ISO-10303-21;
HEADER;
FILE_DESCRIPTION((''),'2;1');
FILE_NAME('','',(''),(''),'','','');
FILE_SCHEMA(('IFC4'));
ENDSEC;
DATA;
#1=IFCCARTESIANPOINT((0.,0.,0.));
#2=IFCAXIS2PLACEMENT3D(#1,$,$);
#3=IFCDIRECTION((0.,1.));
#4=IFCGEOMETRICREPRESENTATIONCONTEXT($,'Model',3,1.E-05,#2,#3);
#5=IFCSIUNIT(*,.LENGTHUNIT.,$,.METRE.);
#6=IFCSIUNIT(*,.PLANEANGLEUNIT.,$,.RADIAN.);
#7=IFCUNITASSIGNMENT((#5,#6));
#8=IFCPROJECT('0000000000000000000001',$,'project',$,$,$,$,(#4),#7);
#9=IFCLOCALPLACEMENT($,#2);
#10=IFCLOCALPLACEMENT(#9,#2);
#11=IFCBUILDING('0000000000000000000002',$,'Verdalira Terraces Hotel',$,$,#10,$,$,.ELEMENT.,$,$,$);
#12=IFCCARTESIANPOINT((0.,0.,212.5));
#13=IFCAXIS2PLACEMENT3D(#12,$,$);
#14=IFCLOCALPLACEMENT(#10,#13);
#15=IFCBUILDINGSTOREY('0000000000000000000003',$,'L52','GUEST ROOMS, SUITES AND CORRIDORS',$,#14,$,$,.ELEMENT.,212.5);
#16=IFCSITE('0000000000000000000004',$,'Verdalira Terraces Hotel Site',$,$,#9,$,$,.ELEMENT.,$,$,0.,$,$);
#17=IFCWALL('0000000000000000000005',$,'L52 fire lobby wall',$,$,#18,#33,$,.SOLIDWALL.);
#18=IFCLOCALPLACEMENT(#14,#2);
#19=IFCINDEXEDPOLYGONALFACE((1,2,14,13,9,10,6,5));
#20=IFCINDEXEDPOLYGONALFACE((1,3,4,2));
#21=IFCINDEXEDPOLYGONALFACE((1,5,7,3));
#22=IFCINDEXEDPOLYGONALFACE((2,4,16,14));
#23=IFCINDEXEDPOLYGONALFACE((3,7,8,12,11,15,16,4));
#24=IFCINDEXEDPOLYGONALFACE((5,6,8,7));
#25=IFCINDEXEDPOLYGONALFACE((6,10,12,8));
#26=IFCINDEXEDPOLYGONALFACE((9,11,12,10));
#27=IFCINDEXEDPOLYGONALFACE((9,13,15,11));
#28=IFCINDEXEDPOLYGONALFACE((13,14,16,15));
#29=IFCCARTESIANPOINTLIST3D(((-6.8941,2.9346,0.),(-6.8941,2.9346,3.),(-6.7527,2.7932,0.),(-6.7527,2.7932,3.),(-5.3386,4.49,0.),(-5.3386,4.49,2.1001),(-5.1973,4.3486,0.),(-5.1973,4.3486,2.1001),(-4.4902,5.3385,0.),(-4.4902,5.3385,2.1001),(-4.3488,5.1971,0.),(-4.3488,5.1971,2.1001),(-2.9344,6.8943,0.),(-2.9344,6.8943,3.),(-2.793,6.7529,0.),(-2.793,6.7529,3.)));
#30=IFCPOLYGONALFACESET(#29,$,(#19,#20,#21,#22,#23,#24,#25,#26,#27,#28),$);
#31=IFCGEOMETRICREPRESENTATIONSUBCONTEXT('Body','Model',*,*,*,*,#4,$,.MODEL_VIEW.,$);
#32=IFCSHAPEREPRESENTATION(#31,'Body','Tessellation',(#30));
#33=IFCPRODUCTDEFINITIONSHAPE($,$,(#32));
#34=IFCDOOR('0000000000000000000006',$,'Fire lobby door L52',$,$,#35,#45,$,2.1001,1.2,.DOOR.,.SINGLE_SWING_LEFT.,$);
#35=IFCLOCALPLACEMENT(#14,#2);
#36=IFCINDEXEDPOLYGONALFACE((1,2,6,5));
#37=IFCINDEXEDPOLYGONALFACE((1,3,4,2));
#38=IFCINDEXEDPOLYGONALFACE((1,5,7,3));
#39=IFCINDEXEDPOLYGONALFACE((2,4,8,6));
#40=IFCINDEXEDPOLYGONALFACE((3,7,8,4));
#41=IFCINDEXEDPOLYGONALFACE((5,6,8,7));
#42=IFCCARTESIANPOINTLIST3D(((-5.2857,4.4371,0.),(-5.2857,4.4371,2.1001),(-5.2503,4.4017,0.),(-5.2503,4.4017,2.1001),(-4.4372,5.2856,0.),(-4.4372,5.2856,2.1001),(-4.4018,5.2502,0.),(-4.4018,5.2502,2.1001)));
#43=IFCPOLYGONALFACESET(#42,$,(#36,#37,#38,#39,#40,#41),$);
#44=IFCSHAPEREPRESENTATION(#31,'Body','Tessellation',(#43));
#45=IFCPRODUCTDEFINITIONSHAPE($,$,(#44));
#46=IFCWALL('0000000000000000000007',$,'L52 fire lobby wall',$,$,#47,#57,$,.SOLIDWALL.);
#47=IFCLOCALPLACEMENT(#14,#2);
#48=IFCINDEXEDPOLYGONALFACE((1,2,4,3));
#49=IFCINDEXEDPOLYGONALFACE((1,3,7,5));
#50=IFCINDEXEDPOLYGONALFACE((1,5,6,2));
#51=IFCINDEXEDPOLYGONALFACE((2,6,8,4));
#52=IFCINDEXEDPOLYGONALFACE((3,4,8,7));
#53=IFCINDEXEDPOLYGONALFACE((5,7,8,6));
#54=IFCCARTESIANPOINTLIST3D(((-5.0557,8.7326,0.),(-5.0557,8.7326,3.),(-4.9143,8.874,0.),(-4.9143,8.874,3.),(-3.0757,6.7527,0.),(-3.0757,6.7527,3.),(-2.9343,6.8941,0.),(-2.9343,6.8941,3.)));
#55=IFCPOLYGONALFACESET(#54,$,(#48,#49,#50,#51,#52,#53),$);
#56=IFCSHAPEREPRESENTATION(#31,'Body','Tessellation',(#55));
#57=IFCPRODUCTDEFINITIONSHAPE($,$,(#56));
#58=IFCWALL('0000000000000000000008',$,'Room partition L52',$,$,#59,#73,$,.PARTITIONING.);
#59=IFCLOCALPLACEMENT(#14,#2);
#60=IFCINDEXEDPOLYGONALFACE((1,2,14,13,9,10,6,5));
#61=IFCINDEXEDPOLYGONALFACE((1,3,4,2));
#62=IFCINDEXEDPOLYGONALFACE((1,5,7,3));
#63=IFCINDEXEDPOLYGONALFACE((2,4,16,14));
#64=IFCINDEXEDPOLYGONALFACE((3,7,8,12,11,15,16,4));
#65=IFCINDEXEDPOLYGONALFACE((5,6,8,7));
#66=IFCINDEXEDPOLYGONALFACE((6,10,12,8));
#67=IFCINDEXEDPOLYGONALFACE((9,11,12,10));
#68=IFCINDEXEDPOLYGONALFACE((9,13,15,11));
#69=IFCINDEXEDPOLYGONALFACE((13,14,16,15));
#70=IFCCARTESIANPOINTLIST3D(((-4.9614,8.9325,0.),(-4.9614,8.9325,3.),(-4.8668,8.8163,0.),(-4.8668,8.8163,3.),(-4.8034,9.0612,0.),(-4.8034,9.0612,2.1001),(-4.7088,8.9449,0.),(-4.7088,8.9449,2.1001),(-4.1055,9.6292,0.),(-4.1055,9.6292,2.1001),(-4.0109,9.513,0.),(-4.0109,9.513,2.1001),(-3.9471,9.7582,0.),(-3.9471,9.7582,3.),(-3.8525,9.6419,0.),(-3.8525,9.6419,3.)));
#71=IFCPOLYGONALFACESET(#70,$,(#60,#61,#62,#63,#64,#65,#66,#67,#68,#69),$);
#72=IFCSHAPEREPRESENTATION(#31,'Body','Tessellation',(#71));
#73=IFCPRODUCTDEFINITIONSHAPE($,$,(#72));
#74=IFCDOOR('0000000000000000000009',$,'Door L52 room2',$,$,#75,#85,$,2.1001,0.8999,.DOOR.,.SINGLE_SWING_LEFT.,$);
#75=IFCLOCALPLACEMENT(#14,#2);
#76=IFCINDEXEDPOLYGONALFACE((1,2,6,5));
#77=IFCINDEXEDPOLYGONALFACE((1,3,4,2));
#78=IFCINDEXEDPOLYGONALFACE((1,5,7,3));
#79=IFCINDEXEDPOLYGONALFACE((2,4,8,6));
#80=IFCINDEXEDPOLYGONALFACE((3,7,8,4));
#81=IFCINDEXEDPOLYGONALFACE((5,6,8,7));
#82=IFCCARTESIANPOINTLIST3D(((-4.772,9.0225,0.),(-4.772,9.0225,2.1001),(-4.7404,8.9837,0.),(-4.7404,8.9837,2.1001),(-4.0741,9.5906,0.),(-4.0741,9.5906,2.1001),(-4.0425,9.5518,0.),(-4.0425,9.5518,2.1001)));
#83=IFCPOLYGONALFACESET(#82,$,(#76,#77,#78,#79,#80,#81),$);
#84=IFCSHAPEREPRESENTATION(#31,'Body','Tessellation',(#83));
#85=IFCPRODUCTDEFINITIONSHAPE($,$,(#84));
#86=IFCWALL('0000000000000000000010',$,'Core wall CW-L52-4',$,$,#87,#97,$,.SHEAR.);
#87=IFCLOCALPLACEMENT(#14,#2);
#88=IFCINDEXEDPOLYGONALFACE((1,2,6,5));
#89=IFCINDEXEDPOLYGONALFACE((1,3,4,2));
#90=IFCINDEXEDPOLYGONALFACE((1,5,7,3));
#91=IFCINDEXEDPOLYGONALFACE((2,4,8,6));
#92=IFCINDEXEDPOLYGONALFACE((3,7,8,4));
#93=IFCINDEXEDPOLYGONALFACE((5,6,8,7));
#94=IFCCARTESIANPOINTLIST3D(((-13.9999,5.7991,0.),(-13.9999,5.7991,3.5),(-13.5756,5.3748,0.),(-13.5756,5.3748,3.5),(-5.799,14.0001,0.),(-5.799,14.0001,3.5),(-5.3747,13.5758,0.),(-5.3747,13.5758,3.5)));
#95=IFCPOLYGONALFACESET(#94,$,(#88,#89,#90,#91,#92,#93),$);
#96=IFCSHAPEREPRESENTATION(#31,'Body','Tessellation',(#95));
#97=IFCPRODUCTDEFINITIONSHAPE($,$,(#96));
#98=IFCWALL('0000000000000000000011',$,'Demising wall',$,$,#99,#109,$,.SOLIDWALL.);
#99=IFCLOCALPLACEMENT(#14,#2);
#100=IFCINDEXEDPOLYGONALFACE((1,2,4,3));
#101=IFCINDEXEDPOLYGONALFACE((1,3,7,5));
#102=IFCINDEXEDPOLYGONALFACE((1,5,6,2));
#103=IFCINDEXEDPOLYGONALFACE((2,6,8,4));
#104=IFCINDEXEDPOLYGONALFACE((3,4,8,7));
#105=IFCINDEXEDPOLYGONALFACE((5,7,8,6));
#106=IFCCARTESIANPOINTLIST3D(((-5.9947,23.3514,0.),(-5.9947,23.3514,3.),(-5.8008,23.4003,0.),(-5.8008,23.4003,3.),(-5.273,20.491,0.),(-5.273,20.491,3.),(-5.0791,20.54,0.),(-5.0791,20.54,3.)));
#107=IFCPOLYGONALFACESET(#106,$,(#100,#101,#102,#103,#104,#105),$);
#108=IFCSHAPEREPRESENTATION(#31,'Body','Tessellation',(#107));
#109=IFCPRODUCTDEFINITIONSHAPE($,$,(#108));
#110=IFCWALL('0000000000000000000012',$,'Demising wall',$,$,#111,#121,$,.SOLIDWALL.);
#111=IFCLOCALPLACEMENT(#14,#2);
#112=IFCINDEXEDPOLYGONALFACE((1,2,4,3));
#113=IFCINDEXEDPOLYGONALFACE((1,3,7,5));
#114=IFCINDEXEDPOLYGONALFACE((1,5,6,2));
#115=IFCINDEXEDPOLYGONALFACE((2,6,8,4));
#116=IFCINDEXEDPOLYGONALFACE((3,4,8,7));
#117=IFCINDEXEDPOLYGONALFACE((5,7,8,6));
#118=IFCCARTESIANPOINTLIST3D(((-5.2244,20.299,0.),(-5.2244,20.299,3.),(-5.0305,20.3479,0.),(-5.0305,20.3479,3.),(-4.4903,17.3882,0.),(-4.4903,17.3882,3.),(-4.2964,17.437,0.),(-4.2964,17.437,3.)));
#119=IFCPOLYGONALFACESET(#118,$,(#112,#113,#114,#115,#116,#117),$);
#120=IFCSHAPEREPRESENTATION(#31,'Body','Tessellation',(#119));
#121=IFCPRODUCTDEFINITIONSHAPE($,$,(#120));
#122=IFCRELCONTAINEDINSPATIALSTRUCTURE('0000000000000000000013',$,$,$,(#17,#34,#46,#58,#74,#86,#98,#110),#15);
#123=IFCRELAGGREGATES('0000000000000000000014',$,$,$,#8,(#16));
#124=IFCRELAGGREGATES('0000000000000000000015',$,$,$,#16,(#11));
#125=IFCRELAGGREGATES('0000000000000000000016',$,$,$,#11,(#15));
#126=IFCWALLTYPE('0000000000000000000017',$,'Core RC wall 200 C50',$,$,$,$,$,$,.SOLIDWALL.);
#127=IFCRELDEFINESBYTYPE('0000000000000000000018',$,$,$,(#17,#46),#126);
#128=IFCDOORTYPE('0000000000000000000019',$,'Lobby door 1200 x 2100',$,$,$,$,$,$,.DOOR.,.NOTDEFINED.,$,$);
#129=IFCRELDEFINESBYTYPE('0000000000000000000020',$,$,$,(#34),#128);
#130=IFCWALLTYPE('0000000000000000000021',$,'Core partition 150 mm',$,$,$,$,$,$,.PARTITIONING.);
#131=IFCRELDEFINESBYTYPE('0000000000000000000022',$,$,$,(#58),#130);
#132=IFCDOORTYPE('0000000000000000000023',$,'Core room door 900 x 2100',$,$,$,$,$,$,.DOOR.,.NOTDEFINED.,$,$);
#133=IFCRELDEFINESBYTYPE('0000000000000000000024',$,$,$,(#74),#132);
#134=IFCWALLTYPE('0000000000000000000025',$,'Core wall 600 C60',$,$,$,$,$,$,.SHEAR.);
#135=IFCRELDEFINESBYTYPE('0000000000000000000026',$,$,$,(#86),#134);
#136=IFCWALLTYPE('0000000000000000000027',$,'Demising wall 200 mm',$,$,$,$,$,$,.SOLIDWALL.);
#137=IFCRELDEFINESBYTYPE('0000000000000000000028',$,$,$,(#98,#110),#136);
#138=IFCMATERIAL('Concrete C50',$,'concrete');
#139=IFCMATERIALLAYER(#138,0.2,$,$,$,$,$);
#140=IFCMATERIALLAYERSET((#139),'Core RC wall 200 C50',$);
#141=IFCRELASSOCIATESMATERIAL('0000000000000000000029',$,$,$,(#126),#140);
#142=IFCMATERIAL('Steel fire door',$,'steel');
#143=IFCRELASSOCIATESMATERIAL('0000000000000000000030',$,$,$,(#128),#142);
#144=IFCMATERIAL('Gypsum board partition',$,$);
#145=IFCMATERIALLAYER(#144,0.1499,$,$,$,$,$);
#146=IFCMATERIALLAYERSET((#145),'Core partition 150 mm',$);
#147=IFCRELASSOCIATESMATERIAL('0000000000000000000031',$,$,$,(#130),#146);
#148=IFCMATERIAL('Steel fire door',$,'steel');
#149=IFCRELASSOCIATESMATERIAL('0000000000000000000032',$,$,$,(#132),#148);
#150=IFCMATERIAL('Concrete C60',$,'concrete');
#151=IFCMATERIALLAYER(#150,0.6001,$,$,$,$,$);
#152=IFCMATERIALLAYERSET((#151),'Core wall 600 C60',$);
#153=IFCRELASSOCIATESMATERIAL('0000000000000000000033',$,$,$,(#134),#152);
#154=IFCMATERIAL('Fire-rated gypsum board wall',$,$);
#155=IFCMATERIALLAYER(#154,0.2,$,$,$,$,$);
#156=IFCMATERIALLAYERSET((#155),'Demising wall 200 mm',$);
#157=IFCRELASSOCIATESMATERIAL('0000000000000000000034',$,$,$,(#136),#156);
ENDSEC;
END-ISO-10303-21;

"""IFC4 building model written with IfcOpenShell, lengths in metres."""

from ifc_helpers import new_model, si_unit, direction, frame, frame_2d, origin, place, context, subcontext, project, spatial, rectangle, extrude, material, layer, layer_set, type_object, element, fill, save


model = new_model("IFC4")

# Units and contexts
model_context = context("Model", 3, precision=1e-05, world=origin(), true_north=direction((0.0, 1.0)))
body_context = subcontext(model_context, "Body", "Model", "MODEL_VIEW")
ifc_project = project(units=[si_unit("LENGTHUNIT", "METRE"), si_unit("PLANEANGLEUNIT", "RADIAN")], contexts=[model_context])

# Site, building, storey
site_placement = place(None, origin())
site = spatial("IfcSite", under=ifc_project, at=site_placement, Name="Verdalira Terraces Hotel Site", CompositionType="ELEMENT", RefElevation=0.0)
building_placement = place(site_placement, origin())
building = spatial("IfcBuilding", under=site, at=building_placement, Name="Verdalira Terraces Hotel", CompositionType="ELEMENT")
storey_placement = place(building_placement, frame((0.0, 0.0, 212.5)))
storey = spatial("IfcBuildingStorey", under=building, at=storey_placement, Name="L52", Description="GUEST ROOMS, SUITES AND CORRIDORS", CompositionType="ELEMENT", Elevation=212.5)

# Wall, opening, door
ifc_material_1 = material(Name="Concrete C50", Category="concrete")
ifc_layer_1 = layer(ifc_material_1, 0.2)
ifc_layer_set_1 = layer_set([ifc_layer_1], Name="Core RC wall 200 C50")
wall_type_1 = type_object("IfcWallType", Name="Core RC wall 200 C50", PredefinedType="SOLIDWALL", material=ifc_layer_set_1)
wall_1_placement = place(storey_placement, frame((-2.8638, 6.8235, 0.0), z_axis=(0.0, 0.0, 1.0), x_axis=(-0.707107, -0.707107, 0.0)))
wall_1 = element("IfcWall", 1, at=wall_1_placement, inside=storey, type_object=wall_type_1, Name="L52 fire lobby wall", PredefinedType="SOLIDWALL", context=body_context, shape_type="SweptSolid", body=[
    extrude(rectangle(XDim=5.5999, YDim=0.2, at=frame_2d((2.7998, 0.0))), origin(), (0.0, 0.0, 1.0), 3.0),
])
opening_1_placement = place(wall_1_placement, frame((2.2, 0.0, 0.0)))
opening_1 = element("IfcOpeningElement", 2, at=opening_1_placement, cuts=wall_1, PredefinedType="OPENING", context=body_context, shape_type="SweptSolid", body=[
    extrude(rectangle(XDim=1.2, YDim=2.1001, at=frame_2d((0.6001, 1.05))), frame((0.0, 0.1099, 0.0), z_axis=(0.0, -1.0, 0.0), x_axis=(1.0, 0.0, 0.0)), (0.0, 0.0, 1.0), 0.22),
])
ifc_material_2 = material(Name="Steel fire door", Category="steel")
door_type_1 = type_object("IfcDoorType", Name="Lobby door 1200 x 2100", OperationType="NOTDEFINED", PredefinedType="DOOR", material=ifc_material_2)
door_1_placement = place(opening_1_placement, origin())
door_1 = element("IfcDoor", 3, at=door_1_placement, inside=storey, type_object=door_type_1, Name="Fire lobby door L52", OperationType="SINGLE_SWING_LEFT", OverallHeight=2.1001, OverallWidth=1.2, PredefinedType="DOOR", context=body_context, shape_type="SweptSolid", body=[
    extrude(rectangle(XDim=1.2, YDim=2.1001, at=frame_2d((0.6001, 1.05))), frame((0.0, 0.0249, 0.0), z_axis=(0.0, -1.0, 0.0), x_axis=(1.0, 0.0, 0.0)), (0.0, 0.0, 1.0), 0.05),
])
fill(opening_1, door_1)

# Wall
wall_2_placement = place(storey_placement, frame((-3.0051, 6.8235, 0.0), z_axis=(0.0, 0.0, 1.0), x_axis=(-0.707107, 0.707107, 0.0)))
element("IfcWall", 4, at=wall_2_placement, inside=storey, type_object=wall_type_1, Name="L52 fire lobby wall", PredefinedType="SOLIDWALL", context=body_context, shape_type="SweptSolid", body=[
    extrude(rectangle(XDim=2.8, YDim=0.2, at=frame_2d((1.3999, 0.0))), origin(), (0.0, 0.0, 1.0), 3.0),
])

# Wall, opening, door
ifc_material_3 = material(Name="Gypsum board partition")
ifc_layer_2 = layer(ifc_material_3, 0.1499)
ifc_layer_set_2 = layer_set([ifc_layer_2], Name="Core partition 150 mm")
wall_type_2 = type_object("IfcWallType", Name="Core partition 150 mm", PredefinedType="PARTITIONING", material=ifc_layer_set_2)
wall_3_placement = place(storey_placement, frame((-3.8999, 9.7, 0.0), z_axis=(0.0, 0.0, 1.0), x_axis=(-0.77556, -0.631274, 0.0)))
wall_3 = element("IfcWall", 5, at=wall_3_placement, inside=storey, type_object=wall_type_2, Name="Room partition L52", PredefinedType="PARTITIONING", context=body_context, shape_type="SweptSolid", body=[
    extrude(rectangle(XDim=1.3079, YDim=0.1499, at=frame_2d((0.6538, 0.0))), origin(), (0.0, 0.0, 1.0), 3.0),
])
opening_2_placement = place(wall_3_placement, frame((0.2041, 0.0, 0.0)))
opening_2 = element("IfcOpeningElement", 6, at=opening_2_placement, cuts=wall_3, PredefinedType="OPENING", context=body_context, shape_type="SweptSolid", body=[
    extrude(rectangle(XDim=0.8999, YDim=2.1001, at=frame_2d((0.45, 1.05))), frame((0.0, 0.085, 0.0), z_axis=(0.0, -1.0, 0.0), x_axis=(1.0, 0.0, 0.0)), (0.0, 0.0, 1.0), 0.1699),
])
ifc_material_4 = material(Name="Steel fire door", Category="steel")
door_type_2 = type_object("IfcDoorType", Name="Core room door 900 x 2100", OperationType="NOTDEFINED", PredefinedType="DOOR", material=ifc_material_4)
door_2_placement = place(opening_2_placement, origin())
door_2 = element("IfcDoor", 7, at=door_2_placement, inside=storey, type_object=door_type_2, Name="Door L52 room2", OperationType="SINGLE_SWING_LEFT", OverallHeight=2.1001, OverallWidth=0.8999, PredefinedType="DOOR", context=body_context, shape_type="SweptSolid", body=[
    extrude(rectangle(XDim=0.8999, YDim=2.1001, at=frame_2d((0.45, 1.05))), frame((0.0, 0.0249, 0.0), z_axis=(0.0, -1.0, 0.0), x_axis=(1.0, 0.0, 0.0)), (0.0, 0.0, 1.0), 0.05),
])
fill(opening_2, door_2)

# Walls
ifc_material_5 = material(Name="Concrete C60", Category="concrete")
ifc_layer_3 = layer(ifc_material_5, 0.6001)
ifc_layer_set_3 = layer_set([ifc_layer_3], Name="Core wall 600 C60")
wall_type_3 = type_object("IfcWallType", Name="Core wall 600 C60", PredefinedType="SHEAR", material=ifc_layer_set_3)
wall_4_placement = place(storey_placement, frame((-5.5869, 13.7878, 0.0), z_axis=(0.0, 0.0, 1.0), x_axis=(-0.707107, -0.707107, 0.0)))
element("IfcWall", 8, at=wall_4_placement, inside=storey, type_object=wall_type_3, Name="Core wall CW-L52-4", PredefinedType="SHEAR", context=body_context, shape_type="SweptSolid", body=[
    extrude(rectangle(XDim=11.5979, YDim=0.6001, at=frame_2d((5.7988, 0.0))), origin(), (0.0, 0.0, 1.0), 3.5),
])
ifc_material_6 = material(Name="Fire-rated gypsum board wall")
ifc_layer_4 = layer(ifc_material_6, 0.2)
ifc_layer_set_4 = layer_set([ifc_layer_4], Name="Demising wall 200 mm")
wall_type_4 = type_object("IfcWallType", Name="Demising wall 200 mm", PredefinedType="SOLIDWALL", material=ifc_layer_set_4)
wall_5_placement = place(storey_placement, frame((-5.176, 20.5154, 0.0), z_axis=(0.0, 0.0, 1.0), x_axis=(-0.244638, 0.969614, 0.0)))
element("IfcWall", 9, at=wall_5_placement, inside=storey, type_object=wall_type_4, Name="Demising wall", PredefinedType="SOLIDWALL", context=body_context, shape_type="SweptSolid", body=[
    extrude(rectangle(XDim=2.95, YDim=0.2, at=frame_2d((1.4751, 0.0))), origin(), (0.0, 0.0, 1.0), 3.0),
])
wall_6_placement = place(storey_placement, frame((-4.3933, 17.4126, 0.0), z_axis=(0.0, 0.0, 1.0), x_axis=(-0.244544, 0.969638, 0.0)))
element("IfcWall", 10, at=wall_6_placement, inside=storey, type_object=wall_type_4, Name="Demising wall", PredefinedType="SOLIDWALL", context=body_context, shape_type="SweptSolid", body=[
    extrude(rectangle(XDim=3.002, YDim=0.2, at=frame_2d((1.501, 0.0))), origin(), (0.0, 0.0, 1.0), 3.0),
])

save(model, "model.ifc")
